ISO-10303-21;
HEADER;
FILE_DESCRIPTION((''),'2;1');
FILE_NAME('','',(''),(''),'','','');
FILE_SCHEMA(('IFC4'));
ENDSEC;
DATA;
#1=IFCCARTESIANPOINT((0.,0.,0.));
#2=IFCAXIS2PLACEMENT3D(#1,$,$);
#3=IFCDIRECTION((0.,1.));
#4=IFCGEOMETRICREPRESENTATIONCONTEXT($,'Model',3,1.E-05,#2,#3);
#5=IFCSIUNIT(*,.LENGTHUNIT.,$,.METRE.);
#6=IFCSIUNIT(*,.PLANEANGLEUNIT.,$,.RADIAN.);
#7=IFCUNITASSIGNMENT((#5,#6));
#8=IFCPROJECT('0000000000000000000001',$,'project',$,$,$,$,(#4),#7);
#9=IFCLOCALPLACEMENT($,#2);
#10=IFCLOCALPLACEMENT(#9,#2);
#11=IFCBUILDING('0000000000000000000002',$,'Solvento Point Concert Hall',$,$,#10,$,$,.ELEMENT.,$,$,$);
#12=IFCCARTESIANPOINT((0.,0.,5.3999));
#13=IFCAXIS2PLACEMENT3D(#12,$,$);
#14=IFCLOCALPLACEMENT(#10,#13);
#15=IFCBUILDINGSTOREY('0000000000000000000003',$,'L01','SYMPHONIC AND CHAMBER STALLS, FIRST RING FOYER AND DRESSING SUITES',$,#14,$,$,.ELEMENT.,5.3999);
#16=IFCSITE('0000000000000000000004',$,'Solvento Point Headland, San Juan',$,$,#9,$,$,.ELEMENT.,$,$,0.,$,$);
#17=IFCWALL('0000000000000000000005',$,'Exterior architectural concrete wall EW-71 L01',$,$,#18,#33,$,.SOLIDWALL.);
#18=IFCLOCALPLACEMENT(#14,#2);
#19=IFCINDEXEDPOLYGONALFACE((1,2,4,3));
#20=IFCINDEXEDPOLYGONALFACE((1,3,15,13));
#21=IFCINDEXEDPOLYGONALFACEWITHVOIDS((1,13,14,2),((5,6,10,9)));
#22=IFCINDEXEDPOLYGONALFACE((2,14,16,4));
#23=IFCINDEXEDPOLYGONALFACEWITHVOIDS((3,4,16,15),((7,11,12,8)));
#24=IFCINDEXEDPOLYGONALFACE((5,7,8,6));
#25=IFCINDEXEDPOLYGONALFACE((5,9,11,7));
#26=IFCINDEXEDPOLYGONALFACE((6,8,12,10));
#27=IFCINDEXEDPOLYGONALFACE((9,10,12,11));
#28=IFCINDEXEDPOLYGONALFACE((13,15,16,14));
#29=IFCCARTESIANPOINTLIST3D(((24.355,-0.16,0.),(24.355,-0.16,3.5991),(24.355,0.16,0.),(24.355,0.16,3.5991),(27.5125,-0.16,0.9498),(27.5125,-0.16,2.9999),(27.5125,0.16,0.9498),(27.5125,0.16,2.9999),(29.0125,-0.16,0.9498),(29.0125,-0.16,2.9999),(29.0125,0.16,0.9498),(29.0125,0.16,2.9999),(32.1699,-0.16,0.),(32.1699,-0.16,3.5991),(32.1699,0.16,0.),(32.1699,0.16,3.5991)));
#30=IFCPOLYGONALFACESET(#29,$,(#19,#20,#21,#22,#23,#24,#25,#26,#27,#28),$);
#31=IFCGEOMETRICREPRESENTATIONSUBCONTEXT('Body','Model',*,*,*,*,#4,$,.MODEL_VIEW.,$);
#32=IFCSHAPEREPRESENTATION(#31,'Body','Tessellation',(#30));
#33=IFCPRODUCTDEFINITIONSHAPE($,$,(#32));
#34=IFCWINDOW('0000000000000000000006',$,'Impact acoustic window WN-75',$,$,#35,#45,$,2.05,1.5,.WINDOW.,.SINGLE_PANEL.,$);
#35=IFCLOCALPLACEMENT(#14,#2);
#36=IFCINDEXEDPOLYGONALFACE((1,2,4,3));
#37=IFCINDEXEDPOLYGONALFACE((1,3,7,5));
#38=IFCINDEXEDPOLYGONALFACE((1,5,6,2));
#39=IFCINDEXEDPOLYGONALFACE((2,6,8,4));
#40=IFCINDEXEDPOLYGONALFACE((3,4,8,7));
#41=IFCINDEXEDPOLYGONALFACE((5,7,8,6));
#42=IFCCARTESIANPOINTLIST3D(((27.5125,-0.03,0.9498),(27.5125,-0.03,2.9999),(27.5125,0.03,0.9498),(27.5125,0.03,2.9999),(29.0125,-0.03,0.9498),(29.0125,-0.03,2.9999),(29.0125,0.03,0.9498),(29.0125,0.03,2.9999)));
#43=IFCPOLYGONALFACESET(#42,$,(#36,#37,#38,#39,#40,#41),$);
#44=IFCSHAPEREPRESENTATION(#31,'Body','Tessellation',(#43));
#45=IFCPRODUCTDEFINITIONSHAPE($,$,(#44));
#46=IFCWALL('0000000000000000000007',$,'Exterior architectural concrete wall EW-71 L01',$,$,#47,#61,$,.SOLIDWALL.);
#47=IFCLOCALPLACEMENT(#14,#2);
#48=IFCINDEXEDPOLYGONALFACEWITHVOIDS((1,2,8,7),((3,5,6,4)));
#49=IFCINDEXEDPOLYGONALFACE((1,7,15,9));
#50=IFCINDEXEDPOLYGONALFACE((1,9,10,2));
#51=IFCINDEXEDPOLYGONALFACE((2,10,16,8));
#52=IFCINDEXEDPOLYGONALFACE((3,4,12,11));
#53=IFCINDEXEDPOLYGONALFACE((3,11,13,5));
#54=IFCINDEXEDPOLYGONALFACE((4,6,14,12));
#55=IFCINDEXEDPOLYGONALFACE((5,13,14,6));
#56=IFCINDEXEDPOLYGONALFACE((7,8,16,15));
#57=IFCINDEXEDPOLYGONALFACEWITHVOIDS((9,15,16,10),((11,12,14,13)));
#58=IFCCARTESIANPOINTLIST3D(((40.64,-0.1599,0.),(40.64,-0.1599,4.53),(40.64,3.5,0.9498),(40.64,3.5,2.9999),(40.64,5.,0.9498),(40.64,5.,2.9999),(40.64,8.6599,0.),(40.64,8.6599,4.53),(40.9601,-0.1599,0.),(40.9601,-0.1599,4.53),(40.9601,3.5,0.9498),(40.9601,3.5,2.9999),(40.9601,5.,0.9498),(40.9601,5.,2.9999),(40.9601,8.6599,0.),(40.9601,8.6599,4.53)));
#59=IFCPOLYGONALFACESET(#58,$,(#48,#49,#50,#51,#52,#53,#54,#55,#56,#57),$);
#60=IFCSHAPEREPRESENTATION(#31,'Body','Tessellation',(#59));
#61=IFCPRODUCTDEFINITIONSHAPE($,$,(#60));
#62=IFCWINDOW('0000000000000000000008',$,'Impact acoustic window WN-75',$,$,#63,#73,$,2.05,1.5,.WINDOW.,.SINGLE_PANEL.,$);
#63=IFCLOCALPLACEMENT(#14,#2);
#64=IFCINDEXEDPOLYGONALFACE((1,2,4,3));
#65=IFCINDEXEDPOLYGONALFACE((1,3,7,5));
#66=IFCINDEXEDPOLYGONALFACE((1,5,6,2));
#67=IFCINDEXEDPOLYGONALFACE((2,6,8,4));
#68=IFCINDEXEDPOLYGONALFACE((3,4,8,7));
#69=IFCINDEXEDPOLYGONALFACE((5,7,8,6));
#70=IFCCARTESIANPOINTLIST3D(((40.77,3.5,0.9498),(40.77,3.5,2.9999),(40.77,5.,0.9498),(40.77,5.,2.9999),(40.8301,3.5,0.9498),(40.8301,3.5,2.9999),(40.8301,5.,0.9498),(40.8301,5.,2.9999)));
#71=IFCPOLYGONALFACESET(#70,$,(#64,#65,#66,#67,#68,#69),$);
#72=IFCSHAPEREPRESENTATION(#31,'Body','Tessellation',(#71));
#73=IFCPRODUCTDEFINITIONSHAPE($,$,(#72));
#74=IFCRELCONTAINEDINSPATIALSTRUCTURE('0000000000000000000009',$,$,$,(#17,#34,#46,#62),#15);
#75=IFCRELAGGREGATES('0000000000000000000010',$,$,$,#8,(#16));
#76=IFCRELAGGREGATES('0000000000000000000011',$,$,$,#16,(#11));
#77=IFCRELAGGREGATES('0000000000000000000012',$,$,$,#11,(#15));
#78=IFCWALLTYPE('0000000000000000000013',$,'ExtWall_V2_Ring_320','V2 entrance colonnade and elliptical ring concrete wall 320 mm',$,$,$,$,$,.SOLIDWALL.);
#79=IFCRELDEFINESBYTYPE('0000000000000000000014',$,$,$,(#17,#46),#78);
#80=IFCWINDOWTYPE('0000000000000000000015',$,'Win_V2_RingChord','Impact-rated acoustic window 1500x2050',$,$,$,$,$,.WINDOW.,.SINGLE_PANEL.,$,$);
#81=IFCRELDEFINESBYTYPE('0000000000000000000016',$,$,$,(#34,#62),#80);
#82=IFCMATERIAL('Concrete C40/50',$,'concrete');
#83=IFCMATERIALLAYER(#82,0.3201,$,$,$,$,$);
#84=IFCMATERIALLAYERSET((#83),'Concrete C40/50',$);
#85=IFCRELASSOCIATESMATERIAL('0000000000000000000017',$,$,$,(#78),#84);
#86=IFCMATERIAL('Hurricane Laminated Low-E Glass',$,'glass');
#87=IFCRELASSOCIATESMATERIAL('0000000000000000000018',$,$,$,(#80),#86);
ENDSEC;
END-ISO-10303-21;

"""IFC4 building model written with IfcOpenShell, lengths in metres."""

from ifc_helpers import new_model, si_unit, direction, frame, frame_2d, origin, place, context, subcontext, project, spatial, rectangle, extrude, material, layer, layer_set, type_object, element, fill, save


model = new_model("IFC4")

# Units and contexts
model_context = context("Model", 3, precision=1e-05, world=origin(), true_north=direction((0.0, 1.0)))
body_context = subcontext(model_context, "Body", "Model", "MODEL_VIEW")
ifc_project = project(units=[si_unit("LENGTHUNIT", "METRE"), si_unit("PLANEANGLEUNIT", "RADIAN")], contexts=[model_context])

# Site, building, storey
site_placement = place(None, origin())
site = spatial("IfcSite", under=ifc_project, at=site_placement, Name="Solvento Point Headland, San Juan", CompositionType="ELEMENT", RefElevation=0.0)
building_placement = place(site_placement, origin())
building = spatial("IfcBuilding", under=site, at=building_placement, Name="Solvento Point Concert Hall", CompositionType="ELEMENT")
storey_placement = place(building_placement, frame((0.0, 0.0, 5.3999)))
storey = spatial("IfcBuildingStorey", under=building, at=storey_placement, Name="L01", Description="SYMPHONIC AND CHAMBER STALLS, FIRST RING FOYER AND DRESSING SUITES", CompositionType="ELEMENT", Elevation=5.3999)

# Walls, openings, windows
ifc_material_1 = material(Name="Concrete C40/50", Category="concrete")
ifc_layer_1 = layer(ifc_material_1, 0.3201)
ifc_layer_set_1 = layer_set([ifc_layer_1], Name="Concrete C40/50")
wall_type_1 = type_object("IfcWallType", Name="ExtWall_V2_Ring_320", Description="V2 entrance colonnade and elliptical ring concrete wall 320 mm", PredefinedType="SOLIDWALL", material=ifc_layer_set_1)
wall_1_placement = place(storey_placement, frame((32.1699, 0.0, 0.0), z_axis=(0.0, 0.0, 1.0), x_axis=(-1.0, 0.0, 0.0)))
wall_1 = element("IfcWall", 1, at=wall_1_placement, inside=storey, type_object=wall_type_1, Name="Exterior architectural concrete wall EW-71 L01", PredefinedType="SOLIDWALL", context=body_context, shape_type="SweptSolid", body=[
    extrude(rectangle(XDim=7.8149, YDim=0.3201, at=frame_2d((3.9075, 0.0))), origin(), (0.0, 0.0, 1.0), 3.5991),
])
opening_1_placement = place(wall_1_placement, frame((3.1575, 0.0, 0.95)))
opening_1 = element("IfcOpeningElement", 2, at=opening_1_placement, cuts=wall_1, PredefinedType="OPENING", context=body_context, shape_type="SweptSolid", body=[
    extrude(rectangle(XDim=1.5, YDim=2.05, at=frame_2d((0.75, 1.0249))), frame((0.0, 0.1699, 0.0), z_axis=(0.0, -1.0, 0.0), x_axis=(1.0, 0.0, 0.0)), (0.0, 0.0, 1.0), 0.3401),
])
ifc_material_2 = material(Name="Hurricane Laminated Low-E Glass", Category="glass")
window_type = type_object("IfcWindowType", Name="Win_V2_RingChord", Description="Impact-rated acoustic window 1500x2050", PartitioningType="SINGLE_PANEL", PredefinedType="WINDOW", material=ifc_material_2)
window_1_placement = place(opening_1_placement, origin())
window_1 = element("IfcWindow", 3, at=window_1_placement, inside=storey, type_object=window_type, Name="Impact acoustic window WN-75", OverallHeight=2.05, OverallWidth=1.5, PartitioningType="SINGLE_PANEL", PredefinedType="WINDOW", context=body_context, shape_type="SweptSolid", body=[
    extrude(rectangle(XDim=1.5, YDim=2.05, at=frame_2d((0.75, 1.0249))), frame((0.0, 0.03, 0.0), z_axis=(0.0, -1.0, 0.0), x_axis=(1.0, 0.0, 0.0)), (0.0, 0.0, 1.0), 0.0601),
])
fill(opening_1, window_1)
wall_2_placement = place(storey_placement, frame((40.8, 8.6599, 0.0), z_axis=(0.0, 0.0, 1.0), x_axis=(0.0, -1.0, 0.0)))
wall_2 = element("IfcWall", 4, at=wall_2_placement, inside=storey, type_object=wall_type_1, Name="Exterior architectural concrete wall EW-71 L01", PredefinedType="SOLIDWALL", context=body_context, shape_type="SweptSolid", body=[
    extrude(rectangle(XDim=8.8198, YDim=0.3201, at=frame_2d((4.4099, 0.0))), origin(), (0.0, 0.0, 1.0), 4.53),
])
opening_2_placement = place(wall_2_placement, frame((3.6599, 0.0, 0.95)))
opening_2 = element("IfcOpeningElement", 5, at=opening_2_placement, cuts=wall_2, PredefinedType="OPENING", context=body_context, shape_type="SweptSolid", body=[
    extrude(rectangle(XDim=1.5, YDim=2.05, at=frame_2d((0.75, 1.0249))), frame((0.0, 0.1699, 0.0), z_axis=(0.0, -1.0, 0.0), x_axis=(1.0, 0.0, 0.0)), (0.0, 0.0, 1.0), 0.3401),
])
window_2_placement = place(opening_2_placement, origin())
window_2 = element("IfcWindow", 6, at=window_2_placement, inside=storey, type_object=window_type, Name="Impact acoustic window WN-75", OverallHeight=2.05, OverallWidth=1.5, PartitioningType="SINGLE_PANEL", PredefinedType="WINDOW", context=body_context, shape_type="SweptSolid", body=[
    extrude(rectangle(XDim=1.5, YDim=2.05, at=frame_2d((0.75, 1.0249))), frame((0.0, 0.03, 0.0), z_axis=(0.0, -1.0, 0.0), x_axis=(1.0, 0.0, 0.0)), (0.0, 0.0, 1.0), 0.0601),
])
fill(opening_2, window_2)

save(model, "model.ifc")
